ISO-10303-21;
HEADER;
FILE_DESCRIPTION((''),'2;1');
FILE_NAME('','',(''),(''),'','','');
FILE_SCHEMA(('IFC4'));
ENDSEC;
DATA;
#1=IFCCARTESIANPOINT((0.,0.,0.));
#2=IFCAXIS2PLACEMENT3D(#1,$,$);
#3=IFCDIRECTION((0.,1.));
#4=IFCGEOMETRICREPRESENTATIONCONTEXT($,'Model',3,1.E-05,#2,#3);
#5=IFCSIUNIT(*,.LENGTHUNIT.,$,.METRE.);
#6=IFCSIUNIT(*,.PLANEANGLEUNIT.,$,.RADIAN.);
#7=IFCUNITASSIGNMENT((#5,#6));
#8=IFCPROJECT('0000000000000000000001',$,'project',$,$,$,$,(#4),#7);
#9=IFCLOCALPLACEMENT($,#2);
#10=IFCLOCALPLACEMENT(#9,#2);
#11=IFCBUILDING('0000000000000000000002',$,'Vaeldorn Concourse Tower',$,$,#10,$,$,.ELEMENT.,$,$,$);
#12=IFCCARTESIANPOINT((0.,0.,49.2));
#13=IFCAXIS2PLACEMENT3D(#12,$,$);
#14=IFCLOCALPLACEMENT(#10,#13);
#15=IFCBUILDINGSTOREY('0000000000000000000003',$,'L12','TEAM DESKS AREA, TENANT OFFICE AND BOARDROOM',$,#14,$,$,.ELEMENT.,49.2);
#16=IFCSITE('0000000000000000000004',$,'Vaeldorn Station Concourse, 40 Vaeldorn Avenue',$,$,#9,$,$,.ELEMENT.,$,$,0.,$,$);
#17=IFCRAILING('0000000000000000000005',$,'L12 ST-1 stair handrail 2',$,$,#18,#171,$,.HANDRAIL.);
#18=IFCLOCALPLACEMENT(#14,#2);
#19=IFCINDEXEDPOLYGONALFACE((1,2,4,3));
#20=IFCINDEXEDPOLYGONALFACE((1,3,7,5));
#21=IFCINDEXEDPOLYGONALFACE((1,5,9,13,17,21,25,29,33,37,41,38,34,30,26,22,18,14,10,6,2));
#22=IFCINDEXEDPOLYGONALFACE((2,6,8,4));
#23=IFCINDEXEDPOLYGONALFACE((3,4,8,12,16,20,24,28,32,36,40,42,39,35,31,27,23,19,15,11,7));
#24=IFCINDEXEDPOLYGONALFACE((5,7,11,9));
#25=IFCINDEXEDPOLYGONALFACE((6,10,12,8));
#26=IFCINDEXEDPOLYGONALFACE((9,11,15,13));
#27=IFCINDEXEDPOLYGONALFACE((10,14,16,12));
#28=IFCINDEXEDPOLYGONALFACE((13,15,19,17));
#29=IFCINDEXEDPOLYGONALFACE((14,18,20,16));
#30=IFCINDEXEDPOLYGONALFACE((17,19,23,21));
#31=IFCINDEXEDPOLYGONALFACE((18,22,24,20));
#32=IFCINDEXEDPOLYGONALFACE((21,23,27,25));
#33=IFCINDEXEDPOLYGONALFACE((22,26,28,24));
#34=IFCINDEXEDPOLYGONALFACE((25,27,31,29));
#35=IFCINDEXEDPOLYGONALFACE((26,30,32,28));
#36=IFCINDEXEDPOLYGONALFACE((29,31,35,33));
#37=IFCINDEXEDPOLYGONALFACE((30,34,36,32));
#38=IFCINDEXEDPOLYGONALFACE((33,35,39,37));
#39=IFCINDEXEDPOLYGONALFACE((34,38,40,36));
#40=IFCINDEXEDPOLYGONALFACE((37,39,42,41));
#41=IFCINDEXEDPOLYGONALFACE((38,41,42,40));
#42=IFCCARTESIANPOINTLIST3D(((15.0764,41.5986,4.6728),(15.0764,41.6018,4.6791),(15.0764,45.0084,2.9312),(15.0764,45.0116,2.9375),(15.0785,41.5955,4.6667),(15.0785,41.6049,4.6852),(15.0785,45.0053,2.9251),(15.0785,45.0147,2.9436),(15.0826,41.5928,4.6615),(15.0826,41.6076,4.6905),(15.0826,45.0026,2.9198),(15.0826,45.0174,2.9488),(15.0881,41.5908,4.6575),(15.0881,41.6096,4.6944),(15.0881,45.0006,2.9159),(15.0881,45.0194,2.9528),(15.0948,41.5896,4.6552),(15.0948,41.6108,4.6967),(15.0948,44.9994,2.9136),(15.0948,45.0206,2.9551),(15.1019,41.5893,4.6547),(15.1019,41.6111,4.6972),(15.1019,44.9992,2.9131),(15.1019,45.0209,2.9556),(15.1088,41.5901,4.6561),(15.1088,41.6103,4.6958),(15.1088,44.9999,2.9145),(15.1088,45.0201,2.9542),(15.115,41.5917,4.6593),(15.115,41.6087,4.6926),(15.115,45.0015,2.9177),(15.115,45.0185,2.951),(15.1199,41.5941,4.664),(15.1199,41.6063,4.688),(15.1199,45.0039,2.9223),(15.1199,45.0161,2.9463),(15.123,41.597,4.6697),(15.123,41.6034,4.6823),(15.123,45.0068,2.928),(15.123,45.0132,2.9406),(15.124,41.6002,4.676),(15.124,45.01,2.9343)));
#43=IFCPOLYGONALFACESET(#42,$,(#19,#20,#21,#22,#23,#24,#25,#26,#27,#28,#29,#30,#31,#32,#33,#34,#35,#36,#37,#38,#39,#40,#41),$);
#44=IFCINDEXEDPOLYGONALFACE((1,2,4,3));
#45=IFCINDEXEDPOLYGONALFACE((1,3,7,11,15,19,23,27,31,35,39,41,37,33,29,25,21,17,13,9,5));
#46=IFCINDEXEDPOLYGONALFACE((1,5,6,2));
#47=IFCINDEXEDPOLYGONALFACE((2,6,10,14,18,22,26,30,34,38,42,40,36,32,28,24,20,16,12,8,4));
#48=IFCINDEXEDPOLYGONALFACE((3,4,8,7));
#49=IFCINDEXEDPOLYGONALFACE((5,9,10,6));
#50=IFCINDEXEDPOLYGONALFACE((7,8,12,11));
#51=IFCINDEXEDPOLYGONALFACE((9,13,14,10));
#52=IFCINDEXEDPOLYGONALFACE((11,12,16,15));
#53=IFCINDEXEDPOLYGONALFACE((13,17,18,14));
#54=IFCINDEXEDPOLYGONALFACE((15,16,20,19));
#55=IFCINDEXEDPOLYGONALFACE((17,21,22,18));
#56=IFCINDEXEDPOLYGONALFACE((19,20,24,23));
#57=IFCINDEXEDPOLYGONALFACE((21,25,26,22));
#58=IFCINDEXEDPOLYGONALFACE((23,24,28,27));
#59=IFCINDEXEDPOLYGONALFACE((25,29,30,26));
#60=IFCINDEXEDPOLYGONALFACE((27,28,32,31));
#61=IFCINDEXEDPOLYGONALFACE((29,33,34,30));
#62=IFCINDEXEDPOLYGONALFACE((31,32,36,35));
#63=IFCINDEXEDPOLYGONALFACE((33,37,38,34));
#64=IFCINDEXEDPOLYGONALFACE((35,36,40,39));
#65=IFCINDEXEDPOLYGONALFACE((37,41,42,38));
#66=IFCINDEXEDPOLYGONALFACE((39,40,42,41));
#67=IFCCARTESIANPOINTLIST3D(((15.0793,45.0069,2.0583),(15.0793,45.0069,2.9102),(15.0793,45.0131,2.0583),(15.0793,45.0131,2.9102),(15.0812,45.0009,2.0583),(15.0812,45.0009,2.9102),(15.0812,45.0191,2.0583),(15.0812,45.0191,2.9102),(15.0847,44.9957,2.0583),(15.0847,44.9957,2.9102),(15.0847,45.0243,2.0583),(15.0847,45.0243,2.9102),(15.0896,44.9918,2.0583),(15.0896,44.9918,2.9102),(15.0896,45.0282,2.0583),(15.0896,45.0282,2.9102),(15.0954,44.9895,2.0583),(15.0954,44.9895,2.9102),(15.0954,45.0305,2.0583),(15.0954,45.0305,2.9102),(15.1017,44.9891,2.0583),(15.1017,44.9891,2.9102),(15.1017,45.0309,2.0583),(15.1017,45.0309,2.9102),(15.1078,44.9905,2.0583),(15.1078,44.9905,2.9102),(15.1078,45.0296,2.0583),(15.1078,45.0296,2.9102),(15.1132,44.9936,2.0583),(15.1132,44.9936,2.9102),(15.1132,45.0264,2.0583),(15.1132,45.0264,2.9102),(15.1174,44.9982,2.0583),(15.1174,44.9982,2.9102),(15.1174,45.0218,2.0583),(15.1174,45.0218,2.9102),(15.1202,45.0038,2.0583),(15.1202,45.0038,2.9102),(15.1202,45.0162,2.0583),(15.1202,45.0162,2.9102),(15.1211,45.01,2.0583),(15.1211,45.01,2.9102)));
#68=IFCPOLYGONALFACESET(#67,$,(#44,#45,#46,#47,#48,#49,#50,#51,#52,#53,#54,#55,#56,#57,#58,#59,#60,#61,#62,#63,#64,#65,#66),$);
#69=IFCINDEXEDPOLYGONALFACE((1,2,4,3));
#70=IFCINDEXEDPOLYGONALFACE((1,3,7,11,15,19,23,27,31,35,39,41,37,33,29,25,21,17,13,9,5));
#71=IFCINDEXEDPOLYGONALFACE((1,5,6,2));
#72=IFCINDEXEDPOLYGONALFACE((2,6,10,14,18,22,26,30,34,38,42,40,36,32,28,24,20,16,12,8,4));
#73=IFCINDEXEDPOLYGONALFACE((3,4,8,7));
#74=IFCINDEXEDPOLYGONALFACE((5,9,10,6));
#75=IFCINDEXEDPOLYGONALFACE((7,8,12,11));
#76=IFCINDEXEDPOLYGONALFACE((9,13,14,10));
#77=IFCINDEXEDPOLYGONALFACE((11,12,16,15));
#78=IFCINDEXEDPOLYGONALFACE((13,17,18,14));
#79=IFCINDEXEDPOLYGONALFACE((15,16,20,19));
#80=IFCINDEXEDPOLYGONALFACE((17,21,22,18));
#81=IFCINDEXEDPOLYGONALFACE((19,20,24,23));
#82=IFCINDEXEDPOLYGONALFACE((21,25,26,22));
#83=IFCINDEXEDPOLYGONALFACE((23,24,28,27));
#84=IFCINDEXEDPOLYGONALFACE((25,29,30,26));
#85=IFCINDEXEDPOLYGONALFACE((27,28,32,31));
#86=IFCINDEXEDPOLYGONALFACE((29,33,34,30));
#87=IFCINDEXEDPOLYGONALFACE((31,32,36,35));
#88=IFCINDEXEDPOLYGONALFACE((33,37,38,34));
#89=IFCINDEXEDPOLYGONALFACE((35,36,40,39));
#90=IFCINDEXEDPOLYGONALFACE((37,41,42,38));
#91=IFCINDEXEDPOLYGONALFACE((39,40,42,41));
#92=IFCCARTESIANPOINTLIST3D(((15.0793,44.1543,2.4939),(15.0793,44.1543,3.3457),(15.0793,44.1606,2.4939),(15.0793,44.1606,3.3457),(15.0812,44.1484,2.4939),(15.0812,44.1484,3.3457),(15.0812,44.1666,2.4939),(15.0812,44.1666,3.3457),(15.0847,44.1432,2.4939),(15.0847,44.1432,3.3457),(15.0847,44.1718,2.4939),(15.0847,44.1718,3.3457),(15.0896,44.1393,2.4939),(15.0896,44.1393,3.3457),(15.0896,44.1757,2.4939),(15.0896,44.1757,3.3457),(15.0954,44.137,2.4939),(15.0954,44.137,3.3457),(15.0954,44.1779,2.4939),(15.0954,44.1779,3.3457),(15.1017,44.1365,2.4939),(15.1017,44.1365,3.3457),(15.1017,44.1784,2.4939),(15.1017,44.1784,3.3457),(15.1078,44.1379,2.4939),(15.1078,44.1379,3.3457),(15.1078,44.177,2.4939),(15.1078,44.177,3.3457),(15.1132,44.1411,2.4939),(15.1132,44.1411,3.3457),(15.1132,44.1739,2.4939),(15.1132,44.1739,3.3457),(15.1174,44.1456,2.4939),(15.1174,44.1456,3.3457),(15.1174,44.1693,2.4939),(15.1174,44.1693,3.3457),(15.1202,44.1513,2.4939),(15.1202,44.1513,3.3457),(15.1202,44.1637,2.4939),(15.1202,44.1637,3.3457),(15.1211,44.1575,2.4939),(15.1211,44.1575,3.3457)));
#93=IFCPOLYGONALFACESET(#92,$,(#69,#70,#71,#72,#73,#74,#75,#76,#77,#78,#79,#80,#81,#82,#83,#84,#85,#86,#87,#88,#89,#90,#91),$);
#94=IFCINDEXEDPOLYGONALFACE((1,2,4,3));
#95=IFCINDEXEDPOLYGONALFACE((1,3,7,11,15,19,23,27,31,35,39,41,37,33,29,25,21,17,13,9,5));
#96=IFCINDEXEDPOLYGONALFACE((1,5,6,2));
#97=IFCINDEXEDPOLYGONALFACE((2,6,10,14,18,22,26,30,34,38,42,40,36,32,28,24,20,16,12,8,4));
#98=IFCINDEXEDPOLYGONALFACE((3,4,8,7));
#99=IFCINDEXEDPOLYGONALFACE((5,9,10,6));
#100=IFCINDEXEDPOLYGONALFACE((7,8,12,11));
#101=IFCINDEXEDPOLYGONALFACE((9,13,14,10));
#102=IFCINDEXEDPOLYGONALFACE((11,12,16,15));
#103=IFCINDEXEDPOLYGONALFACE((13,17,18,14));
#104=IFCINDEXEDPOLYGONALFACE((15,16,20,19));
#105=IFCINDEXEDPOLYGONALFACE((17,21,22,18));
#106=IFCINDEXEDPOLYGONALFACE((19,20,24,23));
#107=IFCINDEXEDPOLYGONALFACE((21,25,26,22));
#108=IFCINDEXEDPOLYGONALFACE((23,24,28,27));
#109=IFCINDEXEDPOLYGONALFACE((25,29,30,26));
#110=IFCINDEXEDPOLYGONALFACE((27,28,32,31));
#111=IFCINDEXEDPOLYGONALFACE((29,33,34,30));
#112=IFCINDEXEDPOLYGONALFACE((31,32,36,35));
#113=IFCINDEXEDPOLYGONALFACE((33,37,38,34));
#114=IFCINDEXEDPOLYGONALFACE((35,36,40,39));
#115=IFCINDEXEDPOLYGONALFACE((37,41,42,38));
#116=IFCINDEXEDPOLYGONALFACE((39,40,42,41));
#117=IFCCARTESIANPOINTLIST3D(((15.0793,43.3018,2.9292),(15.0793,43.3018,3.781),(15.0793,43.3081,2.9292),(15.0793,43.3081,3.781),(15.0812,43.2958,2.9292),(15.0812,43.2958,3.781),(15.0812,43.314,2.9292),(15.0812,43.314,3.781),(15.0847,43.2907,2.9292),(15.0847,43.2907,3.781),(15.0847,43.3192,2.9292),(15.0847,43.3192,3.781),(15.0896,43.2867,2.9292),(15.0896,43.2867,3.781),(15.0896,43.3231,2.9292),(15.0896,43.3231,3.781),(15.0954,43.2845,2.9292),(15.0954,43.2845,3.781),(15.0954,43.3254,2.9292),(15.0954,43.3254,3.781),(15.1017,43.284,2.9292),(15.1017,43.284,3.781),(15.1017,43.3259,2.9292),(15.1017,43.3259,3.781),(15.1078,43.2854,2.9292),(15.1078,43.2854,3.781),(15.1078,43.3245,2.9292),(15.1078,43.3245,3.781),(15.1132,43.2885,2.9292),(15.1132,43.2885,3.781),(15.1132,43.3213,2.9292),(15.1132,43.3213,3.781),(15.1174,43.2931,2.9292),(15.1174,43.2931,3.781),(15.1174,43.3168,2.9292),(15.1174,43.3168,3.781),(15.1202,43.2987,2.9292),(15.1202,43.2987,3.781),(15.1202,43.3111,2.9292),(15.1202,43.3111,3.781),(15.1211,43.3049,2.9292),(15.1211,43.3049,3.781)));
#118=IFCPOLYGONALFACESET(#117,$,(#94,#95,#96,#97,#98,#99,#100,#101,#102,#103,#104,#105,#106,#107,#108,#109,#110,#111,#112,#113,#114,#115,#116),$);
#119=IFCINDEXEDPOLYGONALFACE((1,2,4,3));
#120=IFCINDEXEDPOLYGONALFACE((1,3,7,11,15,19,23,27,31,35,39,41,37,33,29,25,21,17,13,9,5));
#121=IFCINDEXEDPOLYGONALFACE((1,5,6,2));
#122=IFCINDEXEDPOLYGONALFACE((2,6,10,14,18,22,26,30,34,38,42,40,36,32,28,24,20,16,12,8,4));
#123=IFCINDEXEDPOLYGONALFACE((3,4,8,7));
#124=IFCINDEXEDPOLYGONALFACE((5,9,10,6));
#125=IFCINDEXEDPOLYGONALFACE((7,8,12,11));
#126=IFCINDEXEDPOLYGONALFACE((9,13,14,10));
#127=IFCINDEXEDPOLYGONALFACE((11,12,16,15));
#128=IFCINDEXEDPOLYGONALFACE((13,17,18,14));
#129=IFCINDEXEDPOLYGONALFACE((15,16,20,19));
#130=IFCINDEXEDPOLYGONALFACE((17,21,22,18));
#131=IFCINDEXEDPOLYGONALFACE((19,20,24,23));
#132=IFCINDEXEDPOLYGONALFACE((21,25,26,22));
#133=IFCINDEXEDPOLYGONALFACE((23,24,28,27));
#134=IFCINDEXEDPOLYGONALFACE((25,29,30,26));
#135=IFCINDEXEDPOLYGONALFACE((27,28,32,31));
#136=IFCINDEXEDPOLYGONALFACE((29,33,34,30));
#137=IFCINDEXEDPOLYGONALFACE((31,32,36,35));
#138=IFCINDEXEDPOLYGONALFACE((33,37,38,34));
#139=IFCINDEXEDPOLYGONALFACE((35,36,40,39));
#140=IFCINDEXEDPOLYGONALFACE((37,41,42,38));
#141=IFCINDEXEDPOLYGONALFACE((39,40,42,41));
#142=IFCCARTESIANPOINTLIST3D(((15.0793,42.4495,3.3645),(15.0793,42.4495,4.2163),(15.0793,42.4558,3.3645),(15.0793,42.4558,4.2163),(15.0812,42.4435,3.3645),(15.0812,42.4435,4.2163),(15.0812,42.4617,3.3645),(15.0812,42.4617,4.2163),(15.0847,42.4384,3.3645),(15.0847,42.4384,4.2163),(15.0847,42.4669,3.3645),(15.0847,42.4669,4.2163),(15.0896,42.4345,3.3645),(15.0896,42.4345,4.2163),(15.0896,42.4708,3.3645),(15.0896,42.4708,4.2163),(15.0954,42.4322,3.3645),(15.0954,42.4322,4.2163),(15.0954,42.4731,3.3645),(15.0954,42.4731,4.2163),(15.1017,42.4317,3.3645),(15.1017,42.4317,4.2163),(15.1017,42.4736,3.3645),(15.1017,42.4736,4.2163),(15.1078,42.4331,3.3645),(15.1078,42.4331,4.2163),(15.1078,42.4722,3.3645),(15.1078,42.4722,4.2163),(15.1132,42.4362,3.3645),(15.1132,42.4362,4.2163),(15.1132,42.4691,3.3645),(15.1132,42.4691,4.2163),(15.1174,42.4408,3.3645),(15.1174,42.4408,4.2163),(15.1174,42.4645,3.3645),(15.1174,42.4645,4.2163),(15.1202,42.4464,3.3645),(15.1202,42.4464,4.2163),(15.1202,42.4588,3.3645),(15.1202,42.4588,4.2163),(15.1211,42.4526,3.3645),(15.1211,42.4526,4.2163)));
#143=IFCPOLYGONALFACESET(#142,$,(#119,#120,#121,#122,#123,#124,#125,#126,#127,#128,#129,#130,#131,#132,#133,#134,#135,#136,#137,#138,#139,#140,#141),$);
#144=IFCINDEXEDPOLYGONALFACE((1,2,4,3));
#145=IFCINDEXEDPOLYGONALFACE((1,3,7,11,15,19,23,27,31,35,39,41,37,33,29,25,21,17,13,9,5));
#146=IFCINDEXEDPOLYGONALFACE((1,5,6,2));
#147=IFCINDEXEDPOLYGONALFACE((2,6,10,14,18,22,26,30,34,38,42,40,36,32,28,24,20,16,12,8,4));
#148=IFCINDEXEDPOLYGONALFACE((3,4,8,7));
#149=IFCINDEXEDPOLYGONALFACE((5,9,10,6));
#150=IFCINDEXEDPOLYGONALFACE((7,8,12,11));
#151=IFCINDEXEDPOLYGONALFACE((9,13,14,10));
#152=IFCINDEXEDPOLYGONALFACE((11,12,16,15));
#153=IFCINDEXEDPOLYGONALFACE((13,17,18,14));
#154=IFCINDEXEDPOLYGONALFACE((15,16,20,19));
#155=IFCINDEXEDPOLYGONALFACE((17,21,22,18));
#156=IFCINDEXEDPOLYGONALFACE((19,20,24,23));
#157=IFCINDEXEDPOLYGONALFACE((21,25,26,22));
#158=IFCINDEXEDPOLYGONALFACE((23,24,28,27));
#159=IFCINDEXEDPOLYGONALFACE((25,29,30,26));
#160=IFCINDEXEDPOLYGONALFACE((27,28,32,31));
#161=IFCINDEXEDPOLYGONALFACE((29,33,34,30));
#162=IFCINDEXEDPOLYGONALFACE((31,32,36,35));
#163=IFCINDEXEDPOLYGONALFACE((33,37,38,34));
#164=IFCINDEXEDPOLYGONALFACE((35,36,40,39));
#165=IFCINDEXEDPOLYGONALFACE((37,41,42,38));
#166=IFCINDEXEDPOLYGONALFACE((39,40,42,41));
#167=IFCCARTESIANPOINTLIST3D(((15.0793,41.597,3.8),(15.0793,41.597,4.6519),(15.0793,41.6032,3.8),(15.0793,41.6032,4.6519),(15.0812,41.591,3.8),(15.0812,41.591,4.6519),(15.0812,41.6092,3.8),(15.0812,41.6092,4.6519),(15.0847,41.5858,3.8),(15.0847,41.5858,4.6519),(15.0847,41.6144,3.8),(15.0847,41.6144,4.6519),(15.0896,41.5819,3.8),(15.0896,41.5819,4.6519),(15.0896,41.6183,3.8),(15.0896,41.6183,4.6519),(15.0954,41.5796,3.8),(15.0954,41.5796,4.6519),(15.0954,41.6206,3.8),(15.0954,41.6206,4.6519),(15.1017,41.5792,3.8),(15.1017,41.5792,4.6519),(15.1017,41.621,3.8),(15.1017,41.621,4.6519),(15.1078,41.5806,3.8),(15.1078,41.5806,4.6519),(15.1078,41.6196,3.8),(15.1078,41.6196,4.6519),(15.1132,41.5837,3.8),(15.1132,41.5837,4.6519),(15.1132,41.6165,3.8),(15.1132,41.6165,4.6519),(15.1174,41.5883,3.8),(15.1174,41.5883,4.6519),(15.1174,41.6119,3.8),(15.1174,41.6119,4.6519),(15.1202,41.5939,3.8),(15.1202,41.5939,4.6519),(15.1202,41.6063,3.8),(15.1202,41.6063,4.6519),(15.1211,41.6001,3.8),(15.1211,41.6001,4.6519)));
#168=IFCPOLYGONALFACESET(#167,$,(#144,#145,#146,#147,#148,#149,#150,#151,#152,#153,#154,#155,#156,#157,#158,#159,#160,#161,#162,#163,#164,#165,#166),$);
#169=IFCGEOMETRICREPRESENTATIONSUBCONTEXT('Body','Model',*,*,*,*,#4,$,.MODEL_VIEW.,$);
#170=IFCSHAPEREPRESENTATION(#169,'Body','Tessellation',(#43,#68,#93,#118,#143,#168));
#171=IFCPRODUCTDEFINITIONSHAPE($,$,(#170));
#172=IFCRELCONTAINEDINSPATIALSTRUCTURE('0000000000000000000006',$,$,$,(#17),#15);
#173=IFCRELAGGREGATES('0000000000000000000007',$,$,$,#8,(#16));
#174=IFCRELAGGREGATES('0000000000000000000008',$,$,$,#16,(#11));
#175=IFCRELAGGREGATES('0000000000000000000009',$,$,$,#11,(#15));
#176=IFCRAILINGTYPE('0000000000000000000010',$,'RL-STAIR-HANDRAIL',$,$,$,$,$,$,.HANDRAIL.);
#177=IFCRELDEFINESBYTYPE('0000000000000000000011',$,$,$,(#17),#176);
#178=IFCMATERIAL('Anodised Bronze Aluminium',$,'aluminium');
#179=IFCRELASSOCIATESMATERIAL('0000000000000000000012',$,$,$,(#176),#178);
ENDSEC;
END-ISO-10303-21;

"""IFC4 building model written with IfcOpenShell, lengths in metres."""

from ifc_helpers import new_model, si_unit, direction, frame, origin, origin_2d, place, context, subcontext, project, spatial, circle, extrude, material, type_object, element, save


model = new_model("IFC4")

# Units and contexts
model_context = context("Model", 3, precision=1e-05, world=origin(), true_north=direction((0.0, 1.0)))
body_context = subcontext(model_context, "Body", "Model", "MODEL_VIEW")
ifc_project = project(units=[si_unit("LENGTHUNIT", "METRE"), si_unit("PLANEANGLEUNIT", "RADIAN")], contexts=[model_context])

# Site, building, storey
site_placement = place(None, origin())
site = spatial("IfcSite", under=ifc_project, at=site_placement, Name="Vaeldorn Station Concourse, 40 Vaeldorn Avenue", CompositionType="ELEMENT", RefElevation=0.0)
building_placement = place(site_placement, origin())
building = spatial("IfcBuilding", under=site, at=building_placement, Name="Vaeldorn Concourse Tower", CompositionType="ELEMENT")
storey_placement = place(building_placement, frame((0.0, 0.0, 49.2)))
storey = spatial("IfcBuildingStorey", under=building, at=storey_placement, Name="L12", Description="TEAM DESKS AREA, TENANT OFFICE AND BOARDROOM", CompositionType="ELEMENT", Elevation=49.2)

# Shared definitions
ifc_material_1 = material(Name="Anodised Bronze Aluminium", Category="aluminium")

# Railing
railing_type_1 = type_object("IfcRailingType", Name="RL-STAIR-HANDRAIL", PredefinedType="HANDRAIL", material=ifc_material_1)
railing_1_placement = place(storey_placement, frame((15.1001, 45.01, 2.0583)))
element("IfcRailing", 1, at=railing_1_placement, inside=storey, type_object=railing_type_1, Name="L12 ST-1 stair handrail 2", PredefinedType="HANDRAIL", context=body_context, shape_type="SweptSolid", body=[
    extrude(circle(Radius=0.0239, at=origin_2d()), frame((0.0, 0.0, 0.876), z_axis=(0.0, -0.890556, 0.454874), x_axis=(1.0, 0.0, 0.0)), (0.0, 0.0, 1.0), 3.8289),
    extrude(circle(Radius=0.021, at=origin_2d()), origin(), (0.0, 0.0, 1.0), 0.8518),
    extrude(circle(Radius=0.021, at=origin_2d()), frame((0.0, -0.8525, 0.4355)), (0.0, 0.0, 1.0), 0.8518),
    extrude(circle(Radius=0.021, at=origin_2d()), frame((0.0, -1.7051, 0.8708)), (0.0, 0.0, 1.0), 0.8518),
    extrude(circle(Radius=0.021, at=origin_2d()), frame((0.0, -2.5574, 1.3062)), (0.0, 0.0, 1.0), 0.8518),
    extrude(circle(Radius=0.021, at=origin_2d()), frame((0.0, -3.4099, 1.7417)), (0.0, 0.0, 1.0), 0.8518),
])

save(model, "model.ifc")
